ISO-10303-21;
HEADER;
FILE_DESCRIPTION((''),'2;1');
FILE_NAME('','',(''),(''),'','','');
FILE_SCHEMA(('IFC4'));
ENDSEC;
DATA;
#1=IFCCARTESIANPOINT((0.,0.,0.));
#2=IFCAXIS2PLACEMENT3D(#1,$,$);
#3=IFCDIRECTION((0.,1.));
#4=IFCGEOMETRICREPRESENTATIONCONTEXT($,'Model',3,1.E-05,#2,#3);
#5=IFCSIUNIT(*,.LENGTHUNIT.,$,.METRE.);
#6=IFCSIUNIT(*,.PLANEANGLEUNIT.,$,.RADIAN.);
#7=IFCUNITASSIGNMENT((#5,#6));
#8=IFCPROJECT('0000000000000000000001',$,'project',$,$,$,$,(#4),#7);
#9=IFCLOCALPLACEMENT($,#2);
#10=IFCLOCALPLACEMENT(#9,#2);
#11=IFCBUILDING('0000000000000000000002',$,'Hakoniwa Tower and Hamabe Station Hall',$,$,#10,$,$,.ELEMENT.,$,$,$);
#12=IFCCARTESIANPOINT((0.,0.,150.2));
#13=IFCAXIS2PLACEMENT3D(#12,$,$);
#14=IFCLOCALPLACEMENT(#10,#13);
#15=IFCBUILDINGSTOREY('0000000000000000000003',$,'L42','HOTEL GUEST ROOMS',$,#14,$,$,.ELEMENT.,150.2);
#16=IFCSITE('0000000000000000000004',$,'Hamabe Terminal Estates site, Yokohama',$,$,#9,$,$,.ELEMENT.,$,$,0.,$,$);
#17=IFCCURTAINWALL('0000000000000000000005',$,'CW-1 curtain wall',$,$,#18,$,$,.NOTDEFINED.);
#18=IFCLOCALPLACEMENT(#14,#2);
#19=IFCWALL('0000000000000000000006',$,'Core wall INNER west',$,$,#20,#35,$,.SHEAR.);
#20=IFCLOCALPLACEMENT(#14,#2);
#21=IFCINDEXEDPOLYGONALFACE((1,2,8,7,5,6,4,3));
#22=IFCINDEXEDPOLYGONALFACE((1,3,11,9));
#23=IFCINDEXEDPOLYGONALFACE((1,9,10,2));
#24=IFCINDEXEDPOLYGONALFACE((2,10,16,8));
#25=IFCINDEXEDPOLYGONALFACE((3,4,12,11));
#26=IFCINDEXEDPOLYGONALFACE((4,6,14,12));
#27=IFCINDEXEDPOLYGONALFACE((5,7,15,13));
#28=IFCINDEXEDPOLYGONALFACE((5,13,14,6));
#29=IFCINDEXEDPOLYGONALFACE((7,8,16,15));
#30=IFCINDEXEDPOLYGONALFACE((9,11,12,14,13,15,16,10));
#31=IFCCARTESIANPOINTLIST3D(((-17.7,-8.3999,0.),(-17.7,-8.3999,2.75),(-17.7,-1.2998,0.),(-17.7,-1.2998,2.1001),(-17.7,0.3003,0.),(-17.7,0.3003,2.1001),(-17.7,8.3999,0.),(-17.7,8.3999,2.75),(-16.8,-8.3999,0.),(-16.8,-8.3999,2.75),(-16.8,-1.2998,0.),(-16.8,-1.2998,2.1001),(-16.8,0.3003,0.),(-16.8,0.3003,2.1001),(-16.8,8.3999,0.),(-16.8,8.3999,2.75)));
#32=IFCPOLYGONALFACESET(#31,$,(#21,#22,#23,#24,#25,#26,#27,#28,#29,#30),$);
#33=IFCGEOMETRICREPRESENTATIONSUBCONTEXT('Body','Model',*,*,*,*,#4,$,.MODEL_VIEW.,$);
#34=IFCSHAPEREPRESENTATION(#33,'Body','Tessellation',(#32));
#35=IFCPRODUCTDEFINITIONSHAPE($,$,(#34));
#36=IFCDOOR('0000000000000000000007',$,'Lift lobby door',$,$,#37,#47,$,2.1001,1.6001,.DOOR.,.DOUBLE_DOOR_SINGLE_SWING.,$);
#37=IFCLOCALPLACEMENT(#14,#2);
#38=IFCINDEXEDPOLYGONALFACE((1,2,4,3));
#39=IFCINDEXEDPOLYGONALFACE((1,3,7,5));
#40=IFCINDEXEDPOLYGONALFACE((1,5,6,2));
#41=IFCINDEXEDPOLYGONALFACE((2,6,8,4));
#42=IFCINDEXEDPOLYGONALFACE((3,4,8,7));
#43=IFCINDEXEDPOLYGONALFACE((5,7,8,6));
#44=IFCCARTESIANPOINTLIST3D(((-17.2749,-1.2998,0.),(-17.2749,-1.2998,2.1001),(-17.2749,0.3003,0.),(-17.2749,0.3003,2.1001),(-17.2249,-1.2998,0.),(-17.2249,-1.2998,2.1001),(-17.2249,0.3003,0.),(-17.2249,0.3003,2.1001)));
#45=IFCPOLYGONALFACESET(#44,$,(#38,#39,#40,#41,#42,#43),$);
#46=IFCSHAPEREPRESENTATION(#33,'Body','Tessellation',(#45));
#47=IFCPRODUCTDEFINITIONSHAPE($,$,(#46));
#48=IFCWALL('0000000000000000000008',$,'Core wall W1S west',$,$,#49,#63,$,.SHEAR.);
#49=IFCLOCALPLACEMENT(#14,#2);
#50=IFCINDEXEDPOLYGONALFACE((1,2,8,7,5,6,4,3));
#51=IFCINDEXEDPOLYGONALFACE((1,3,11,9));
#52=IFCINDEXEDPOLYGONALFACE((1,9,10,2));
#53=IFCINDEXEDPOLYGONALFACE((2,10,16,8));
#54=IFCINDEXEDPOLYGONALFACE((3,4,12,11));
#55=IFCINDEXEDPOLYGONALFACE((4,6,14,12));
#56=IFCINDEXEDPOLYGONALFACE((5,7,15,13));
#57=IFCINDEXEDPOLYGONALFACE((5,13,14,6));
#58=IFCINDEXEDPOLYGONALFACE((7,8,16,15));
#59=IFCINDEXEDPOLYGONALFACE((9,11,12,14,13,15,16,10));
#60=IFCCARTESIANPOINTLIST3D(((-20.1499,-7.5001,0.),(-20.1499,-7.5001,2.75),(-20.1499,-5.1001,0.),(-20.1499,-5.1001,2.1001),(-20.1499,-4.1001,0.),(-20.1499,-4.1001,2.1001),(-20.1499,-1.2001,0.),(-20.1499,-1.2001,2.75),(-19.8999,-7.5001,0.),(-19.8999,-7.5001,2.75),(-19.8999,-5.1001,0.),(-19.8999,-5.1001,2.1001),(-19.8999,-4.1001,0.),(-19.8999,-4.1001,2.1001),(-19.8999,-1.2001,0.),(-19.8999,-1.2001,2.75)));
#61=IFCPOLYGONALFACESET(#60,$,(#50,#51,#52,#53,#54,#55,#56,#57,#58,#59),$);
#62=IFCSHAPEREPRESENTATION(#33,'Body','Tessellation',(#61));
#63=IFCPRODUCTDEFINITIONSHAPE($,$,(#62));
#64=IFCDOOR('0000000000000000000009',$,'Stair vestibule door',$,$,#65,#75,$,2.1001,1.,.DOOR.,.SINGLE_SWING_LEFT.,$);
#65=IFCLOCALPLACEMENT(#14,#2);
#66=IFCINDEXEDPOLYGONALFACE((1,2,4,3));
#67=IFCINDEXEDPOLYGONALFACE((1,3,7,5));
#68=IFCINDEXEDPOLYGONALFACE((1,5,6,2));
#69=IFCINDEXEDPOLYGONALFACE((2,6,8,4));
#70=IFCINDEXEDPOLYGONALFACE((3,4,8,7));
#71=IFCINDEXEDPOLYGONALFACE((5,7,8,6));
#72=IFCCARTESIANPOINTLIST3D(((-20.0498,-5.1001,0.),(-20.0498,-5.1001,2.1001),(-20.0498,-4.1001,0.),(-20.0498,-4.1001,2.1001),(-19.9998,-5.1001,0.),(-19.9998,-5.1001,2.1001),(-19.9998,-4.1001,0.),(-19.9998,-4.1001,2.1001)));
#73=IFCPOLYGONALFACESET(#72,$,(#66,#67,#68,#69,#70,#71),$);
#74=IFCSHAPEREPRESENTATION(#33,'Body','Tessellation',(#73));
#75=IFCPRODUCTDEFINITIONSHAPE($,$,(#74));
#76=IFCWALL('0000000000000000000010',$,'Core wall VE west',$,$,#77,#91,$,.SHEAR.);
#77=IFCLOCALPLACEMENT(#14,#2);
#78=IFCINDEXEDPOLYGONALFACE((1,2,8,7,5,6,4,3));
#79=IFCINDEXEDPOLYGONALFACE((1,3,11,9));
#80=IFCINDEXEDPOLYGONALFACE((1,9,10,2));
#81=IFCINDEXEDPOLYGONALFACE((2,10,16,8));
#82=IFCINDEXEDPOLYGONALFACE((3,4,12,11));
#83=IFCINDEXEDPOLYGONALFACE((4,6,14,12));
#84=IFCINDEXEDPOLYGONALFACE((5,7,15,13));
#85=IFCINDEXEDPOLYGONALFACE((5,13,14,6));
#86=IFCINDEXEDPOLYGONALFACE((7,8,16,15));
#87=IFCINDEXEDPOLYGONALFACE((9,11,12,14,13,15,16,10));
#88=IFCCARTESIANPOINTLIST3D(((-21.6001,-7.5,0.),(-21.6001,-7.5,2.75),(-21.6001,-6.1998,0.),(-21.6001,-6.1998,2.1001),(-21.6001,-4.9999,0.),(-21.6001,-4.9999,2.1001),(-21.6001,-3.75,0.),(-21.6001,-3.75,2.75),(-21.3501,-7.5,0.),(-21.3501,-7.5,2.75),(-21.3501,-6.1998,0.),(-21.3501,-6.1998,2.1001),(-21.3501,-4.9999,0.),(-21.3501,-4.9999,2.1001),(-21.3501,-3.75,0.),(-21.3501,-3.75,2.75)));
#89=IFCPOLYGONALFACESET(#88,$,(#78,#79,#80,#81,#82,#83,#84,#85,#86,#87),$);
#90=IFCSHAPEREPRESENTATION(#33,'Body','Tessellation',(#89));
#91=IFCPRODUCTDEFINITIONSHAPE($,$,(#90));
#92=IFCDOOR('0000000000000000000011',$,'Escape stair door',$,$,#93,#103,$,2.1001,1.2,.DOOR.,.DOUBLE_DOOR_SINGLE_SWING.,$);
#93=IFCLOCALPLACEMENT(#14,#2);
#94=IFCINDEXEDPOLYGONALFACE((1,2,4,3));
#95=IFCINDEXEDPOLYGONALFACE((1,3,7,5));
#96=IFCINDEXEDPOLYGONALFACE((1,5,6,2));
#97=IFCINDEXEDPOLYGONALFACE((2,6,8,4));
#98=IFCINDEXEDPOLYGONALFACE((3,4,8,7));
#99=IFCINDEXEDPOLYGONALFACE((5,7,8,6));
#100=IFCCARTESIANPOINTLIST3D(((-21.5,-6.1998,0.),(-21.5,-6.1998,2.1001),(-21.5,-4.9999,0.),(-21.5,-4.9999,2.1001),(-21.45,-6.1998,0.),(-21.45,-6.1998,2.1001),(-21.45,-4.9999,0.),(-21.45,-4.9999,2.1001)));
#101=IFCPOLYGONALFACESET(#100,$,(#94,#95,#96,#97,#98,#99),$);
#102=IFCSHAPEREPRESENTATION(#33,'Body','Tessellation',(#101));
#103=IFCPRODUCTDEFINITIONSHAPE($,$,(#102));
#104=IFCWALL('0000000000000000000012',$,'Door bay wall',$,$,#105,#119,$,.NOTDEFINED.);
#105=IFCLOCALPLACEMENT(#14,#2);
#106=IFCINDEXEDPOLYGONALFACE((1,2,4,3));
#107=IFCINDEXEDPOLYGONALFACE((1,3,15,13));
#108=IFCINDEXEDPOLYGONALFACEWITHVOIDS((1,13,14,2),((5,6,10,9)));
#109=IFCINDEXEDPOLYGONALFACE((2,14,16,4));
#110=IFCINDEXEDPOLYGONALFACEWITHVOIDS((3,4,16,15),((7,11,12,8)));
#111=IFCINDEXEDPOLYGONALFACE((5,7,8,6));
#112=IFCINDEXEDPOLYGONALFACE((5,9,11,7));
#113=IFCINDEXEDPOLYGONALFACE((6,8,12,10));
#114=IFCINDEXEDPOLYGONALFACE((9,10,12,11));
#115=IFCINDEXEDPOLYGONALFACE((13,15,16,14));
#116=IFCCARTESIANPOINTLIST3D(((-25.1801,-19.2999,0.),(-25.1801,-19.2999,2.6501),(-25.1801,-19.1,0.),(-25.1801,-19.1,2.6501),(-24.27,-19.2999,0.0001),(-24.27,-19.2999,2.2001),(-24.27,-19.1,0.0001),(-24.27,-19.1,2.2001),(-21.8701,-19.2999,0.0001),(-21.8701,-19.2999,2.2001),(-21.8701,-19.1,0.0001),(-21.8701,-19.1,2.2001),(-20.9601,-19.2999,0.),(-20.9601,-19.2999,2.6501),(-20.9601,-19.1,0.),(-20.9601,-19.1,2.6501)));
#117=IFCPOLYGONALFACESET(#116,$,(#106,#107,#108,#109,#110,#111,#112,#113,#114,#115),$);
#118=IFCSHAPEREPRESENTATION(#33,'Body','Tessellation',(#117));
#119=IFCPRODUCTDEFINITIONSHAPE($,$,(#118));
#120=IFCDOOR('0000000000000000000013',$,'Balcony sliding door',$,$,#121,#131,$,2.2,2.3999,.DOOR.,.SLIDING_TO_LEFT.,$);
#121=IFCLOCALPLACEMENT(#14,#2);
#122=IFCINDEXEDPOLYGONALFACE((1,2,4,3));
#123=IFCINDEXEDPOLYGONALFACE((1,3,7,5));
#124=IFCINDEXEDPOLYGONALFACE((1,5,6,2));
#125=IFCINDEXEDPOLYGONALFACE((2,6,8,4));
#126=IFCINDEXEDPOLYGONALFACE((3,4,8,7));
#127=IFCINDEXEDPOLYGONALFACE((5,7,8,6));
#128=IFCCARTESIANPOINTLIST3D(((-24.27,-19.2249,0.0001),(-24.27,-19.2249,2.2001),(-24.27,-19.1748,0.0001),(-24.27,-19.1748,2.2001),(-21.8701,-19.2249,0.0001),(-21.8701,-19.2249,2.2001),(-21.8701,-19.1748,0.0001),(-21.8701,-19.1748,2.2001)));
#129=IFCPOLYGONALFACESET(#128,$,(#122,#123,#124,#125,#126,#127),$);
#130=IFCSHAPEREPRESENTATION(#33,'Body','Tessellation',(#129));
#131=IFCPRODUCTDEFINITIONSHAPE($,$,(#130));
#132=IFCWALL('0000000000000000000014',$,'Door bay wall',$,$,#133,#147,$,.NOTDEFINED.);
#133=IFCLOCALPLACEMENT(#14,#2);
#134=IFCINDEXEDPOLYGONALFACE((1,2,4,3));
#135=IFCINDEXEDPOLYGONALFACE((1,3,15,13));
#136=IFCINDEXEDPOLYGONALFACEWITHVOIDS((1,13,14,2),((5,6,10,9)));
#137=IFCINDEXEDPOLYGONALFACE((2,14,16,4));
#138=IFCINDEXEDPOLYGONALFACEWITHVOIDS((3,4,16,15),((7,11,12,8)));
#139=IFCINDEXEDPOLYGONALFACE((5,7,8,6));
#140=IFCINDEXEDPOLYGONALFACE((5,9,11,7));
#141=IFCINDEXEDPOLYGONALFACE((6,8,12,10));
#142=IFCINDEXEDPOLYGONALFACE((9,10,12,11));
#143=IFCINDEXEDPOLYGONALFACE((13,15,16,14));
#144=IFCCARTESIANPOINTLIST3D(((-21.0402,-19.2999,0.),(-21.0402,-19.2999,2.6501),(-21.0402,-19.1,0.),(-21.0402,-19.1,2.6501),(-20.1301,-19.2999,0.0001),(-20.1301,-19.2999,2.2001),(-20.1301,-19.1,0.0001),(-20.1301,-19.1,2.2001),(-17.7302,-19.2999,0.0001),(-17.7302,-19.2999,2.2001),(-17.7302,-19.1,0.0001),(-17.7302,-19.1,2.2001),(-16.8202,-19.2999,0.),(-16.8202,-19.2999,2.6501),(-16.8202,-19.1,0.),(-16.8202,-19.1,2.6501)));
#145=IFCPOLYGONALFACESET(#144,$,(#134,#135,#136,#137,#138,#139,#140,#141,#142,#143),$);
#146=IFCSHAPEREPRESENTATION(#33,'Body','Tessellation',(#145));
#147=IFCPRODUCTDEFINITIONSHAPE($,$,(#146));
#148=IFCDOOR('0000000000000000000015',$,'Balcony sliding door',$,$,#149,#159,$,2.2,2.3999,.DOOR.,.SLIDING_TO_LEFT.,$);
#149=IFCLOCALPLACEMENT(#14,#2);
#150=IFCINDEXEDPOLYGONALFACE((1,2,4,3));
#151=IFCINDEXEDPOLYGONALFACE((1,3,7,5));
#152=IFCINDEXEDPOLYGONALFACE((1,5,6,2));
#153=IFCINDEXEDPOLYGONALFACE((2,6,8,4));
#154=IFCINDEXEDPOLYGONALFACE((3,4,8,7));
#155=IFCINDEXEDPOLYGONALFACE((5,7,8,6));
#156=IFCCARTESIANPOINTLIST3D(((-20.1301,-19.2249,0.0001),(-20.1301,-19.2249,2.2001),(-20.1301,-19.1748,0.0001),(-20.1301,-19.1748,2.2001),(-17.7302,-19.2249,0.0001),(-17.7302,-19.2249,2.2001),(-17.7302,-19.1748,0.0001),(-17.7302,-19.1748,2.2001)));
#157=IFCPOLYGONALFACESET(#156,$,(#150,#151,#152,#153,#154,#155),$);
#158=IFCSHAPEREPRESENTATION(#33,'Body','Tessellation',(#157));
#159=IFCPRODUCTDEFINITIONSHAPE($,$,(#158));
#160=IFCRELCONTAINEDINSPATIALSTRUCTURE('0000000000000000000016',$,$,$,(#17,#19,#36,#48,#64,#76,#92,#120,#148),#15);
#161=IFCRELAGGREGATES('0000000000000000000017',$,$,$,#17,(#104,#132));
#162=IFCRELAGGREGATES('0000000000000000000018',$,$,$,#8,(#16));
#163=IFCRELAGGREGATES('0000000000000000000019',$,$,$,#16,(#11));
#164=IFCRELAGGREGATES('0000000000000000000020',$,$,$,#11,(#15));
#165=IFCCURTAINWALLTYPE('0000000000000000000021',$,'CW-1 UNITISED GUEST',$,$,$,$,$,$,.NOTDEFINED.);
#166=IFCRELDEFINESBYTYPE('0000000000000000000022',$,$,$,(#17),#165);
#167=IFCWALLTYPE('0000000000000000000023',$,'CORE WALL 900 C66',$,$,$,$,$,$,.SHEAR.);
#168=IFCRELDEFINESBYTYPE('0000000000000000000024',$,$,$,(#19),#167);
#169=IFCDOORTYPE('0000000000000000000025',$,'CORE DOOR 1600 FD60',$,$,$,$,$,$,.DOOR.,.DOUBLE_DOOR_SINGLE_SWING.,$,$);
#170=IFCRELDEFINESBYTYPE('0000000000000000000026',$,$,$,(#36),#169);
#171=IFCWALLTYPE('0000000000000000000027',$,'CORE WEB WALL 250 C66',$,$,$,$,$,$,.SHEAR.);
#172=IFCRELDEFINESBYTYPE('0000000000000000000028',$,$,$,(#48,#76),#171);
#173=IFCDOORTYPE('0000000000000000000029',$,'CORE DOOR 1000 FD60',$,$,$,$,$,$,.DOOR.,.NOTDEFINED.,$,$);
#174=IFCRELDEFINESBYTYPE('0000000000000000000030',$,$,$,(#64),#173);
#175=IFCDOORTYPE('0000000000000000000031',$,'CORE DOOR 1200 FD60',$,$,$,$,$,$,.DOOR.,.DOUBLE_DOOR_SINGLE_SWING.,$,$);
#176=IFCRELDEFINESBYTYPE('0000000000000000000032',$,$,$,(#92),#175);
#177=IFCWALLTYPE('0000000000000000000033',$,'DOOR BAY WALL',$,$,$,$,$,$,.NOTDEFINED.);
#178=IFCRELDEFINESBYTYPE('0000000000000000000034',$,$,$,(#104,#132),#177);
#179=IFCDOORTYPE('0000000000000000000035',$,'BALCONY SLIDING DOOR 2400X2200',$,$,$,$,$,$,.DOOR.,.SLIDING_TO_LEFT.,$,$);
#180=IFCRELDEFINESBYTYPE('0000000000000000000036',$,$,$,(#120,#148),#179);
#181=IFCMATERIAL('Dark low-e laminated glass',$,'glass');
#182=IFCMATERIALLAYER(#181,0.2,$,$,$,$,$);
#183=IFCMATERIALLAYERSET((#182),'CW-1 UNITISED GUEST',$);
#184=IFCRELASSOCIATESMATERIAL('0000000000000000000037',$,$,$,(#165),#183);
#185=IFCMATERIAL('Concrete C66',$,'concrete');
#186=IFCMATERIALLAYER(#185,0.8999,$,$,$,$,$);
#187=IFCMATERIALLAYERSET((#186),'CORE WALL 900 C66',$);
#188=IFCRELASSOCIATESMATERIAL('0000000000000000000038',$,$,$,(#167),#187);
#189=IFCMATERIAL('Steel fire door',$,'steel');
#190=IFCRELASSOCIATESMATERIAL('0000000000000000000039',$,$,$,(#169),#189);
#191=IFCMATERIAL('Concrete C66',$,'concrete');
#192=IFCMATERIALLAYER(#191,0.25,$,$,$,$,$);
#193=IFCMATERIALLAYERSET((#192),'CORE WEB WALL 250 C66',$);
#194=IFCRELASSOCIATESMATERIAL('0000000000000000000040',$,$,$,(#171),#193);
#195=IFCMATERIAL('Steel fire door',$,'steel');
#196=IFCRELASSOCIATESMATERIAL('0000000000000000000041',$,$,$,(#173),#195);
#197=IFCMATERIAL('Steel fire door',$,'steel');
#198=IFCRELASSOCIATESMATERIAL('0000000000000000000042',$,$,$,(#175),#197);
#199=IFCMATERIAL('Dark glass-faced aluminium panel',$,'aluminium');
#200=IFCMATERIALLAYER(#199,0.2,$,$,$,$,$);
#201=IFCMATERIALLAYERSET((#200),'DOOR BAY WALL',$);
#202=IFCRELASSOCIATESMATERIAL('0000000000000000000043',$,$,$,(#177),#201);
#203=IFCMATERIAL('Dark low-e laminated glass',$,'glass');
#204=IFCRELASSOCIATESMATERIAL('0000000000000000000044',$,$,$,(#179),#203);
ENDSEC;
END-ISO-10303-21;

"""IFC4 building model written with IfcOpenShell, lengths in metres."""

from ifc_helpers import new_model, si_unit, direction, frame, frame_2d, origin, place, context, subcontext, project, spatial, rectangle, extrude, material, layer, layer_set, type_object, element, fill, aggregate, save


model = new_model("IFC4")

# Units and contexts
model_context = context("Model", 3, precision=1e-05, world=origin(), true_north=direction((0.0, 1.0)))
body_context = subcontext(model_context, "Body", "Model", "MODEL_VIEW")
ifc_project = project(units=[si_unit("LENGTHUNIT", "METRE"), si_unit("PLANEANGLEUNIT", "RADIAN")], contexts=[model_context])

# Site, building, storey
site_placement = place(None, origin())
site = spatial("IfcSite", under=ifc_project, at=site_placement, Name="Hamabe Terminal Estates site, Yokohama", CompositionType="ELEMENT", RefElevation=0.0)
building_placement = place(site_placement, origin())
building = spatial("IfcBuilding", under=site, at=building_placement, Name="Hakoniwa Tower and Hamabe Station Hall", CompositionType="ELEMENT")
storey_placement = place(building_placement, frame((0.0, 0.0, 150.2)))
storey = spatial("IfcBuildingStorey", under=building, at=storey_placement, Name="L42", Description="HOTEL GUEST ROOMS", CompositionType="ELEMENT", Elevation=150.2)

# Curtain wall
ifc_material_1 = material(Name="Dark low-e laminated glass", Category="glass")
ifc_layer_1 = layer(ifc_material_1, 0.2)
ifc_layer_set_1 = layer_set([ifc_layer_1], Name="CW-1 UNITISED GUEST")
curtain_wall_type = type_object("IfcCurtainWallType", Name="CW-1 UNITISED GUEST", PredefinedType="NOTDEFINED", material=ifc_layer_set_1)
curtain_wall_placement = place(storey_placement, origin())
curtain_wall = element("IfcCurtainWall", 1, at=curtain_wall_placement, inside=storey, type_object=curtain_wall_type, Name="CW-1 curtain wall", PredefinedType="NOTDEFINED")

# Walls, openings, doors
ifc_material_2 = material(Name="Concrete C66", Category="concrete")
ifc_layer_2 = layer(ifc_material_2, 0.8999)
ifc_layer_set_2 = layer_set([ifc_layer_2], Name="CORE WALL 900 C66")
wall_type_1 = type_object("IfcWallType", Name="CORE WALL 900 C66", PredefinedType="SHEAR", material=ifc_layer_set_2)
wall_1_placement = place(storey_placement, frame((-17.25, -8.3999, 0.0), z_axis=(0.0, 0.0, 1.0), x_axis=(0.0, 1.0, 0.0)))
wall_1 = element("IfcWall", 2, at=wall_1_placement, inside=storey, type_object=wall_type_1, Name="Core wall INNER west", PredefinedType="SHEAR", context=body_context, shape_type="SweptSolid", body=[
    extrude(rectangle(XDim=16.7998, YDim=0.8999, at=frame_2d((8.3999, 0.0))), origin(), (0.0, 0.0, 1.0), 2.75),
])
opening_1_placement = place(wall_1_placement, frame((7.1001, 0.0, 0.0)))
opening_1 = element("IfcOpeningElement", 3, at=opening_1_placement, cuts=wall_1, PredefinedType="OPENING", context=body_context, shape_type="SweptSolid", body=[
    extrude(rectangle(XDim=1.6001, YDim=2.1001, at=frame_2d((0.8, 1.05))), frame((0.0, 0.46, 0.0), z_axis=(0.0, -1.0, 0.0), x_axis=(1.0, 0.0, 0.0)), (0.0, 0.0, 1.0), 0.9199),
])
ifc_material_3 = material(Name="Steel fire door", Category="steel")
door_type_1 = type_object("IfcDoorType", Name="CORE DOOR 1600 FD60", OperationType="DOUBLE_DOOR_SINGLE_SWING", PredefinedType="DOOR", material=ifc_material_3)
door_1_placement = place(opening_1_placement, origin())
door_1 = element("IfcDoor", 4, at=door_1_placement, inside=storey, type_object=door_type_1, Name="Lift lobby door", OperationType="DOUBLE_DOOR_SINGLE_SWING", OverallHeight=2.1001, OverallWidth=1.6001, PredefinedType="DOOR", context=body_context, shape_type="SweptSolid", body=[
    extrude(rectangle(XDim=1.6001, YDim=2.1001, at=frame_2d((0.8, 1.05))), frame((0.0, 0.0249, 0.0), z_axis=(0.0, -1.0, 0.0), x_axis=(1.0, 0.0, 0.0)), (0.0, 0.0, 1.0), 0.05),
])
fill(opening_1, door_1)
ifc_material_4 = material(Name="Concrete C66", Category="concrete")
ifc_layer_3 = layer(ifc_material_4, 0.25)
ifc_layer_set_3 = layer_set([ifc_layer_3], Name="CORE WEB WALL 250 C66")
wall_type_2 = type_object("IfcWallType", Name="CORE WEB WALL 250 C66", PredefinedType="SHEAR", material=ifc_layer_set_3)
wall_2_placement = place(storey_placement, frame((-20.0249, -7.5, 0.0), z_axis=(0.0, 0.0, 1.0), x_axis=(0.0, 1.0, 0.0)))
wall_2 = element("IfcWall", 5, at=wall_2_placement, inside=storey, type_object=wall_type_2, Name="Core wall W1S west", PredefinedType="SHEAR", context=body_context, shape_type="SweptSolid", body=[
    extrude(rectangle(XDim=6.3, YDim=0.25, at=frame_2d((3.1499, 0.0))), origin(), (0.0, 0.0, 1.0), 2.75),
])
opening_2_placement = place(wall_2_placement, frame((2.3999, 0.0, 0.0)))
opening_2 = element("IfcOpeningElement", 6, at=opening_2_placement, cuts=wall_2, PredefinedType="OPENING", context=body_context, shape_type="SweptSolid", body=[
    extrude(rectangle(XDim=1.0, YDim=2.1001, at=frame_2d((0.5, 1.05))), frame((0.0, 0.135, 0.0), z_axis=(0.0, -1.0, 0.0), x_axis=(1.0, 0.0, 0.0)), (0.0, 0.0, 1.0), 0.27),
])
ifc_material_5 = material(Name="Steel fire door", Category="steel")
door_type_2 = type_object("IfcDoorType", Name="CORE DOOR 1000 FD60", OperationType="NOTDEFINED", PredefinedType="DOOR", material=ifc_material_5)
door_2_placement = place(opening_2_placement, origin())
door_2 = element("IfcDoor", 7, at=door_2_placement, inside=storey, type_object=door_type_2, Name="Stair vestibule door", OperationType="SINGLE_SWING_LEFT", OverallHeight=2.1001, OverallWidth=1.0, PredefinedType="DOOR", context=body_context, shape_type="SweptSolid", body=[
    extrude(rectangle(XDim=1.0, YDim=2.1001, at=frame_2d((0.5, 1.05))), frame((0.0, 0.0249, 0.0), z_axis=(0.0, -1.0, 0.0), x_axis=(1.0, 0.0, 0.0)), (0.0, 0.0, 1.0), 0.05),
])
fill(opening_2, door_2)
wall_3_placement = place(storey_placement, frame((-21.4751, -7.5, 0.0), z_axis=(0.0, 0.0, 1.0), x_axis=(0.0, 1.0, 0.0)))
wall_3 = element("IfcWall", 8, at=wall_3_placement, inside=storey, type_object=wall_type_2, Name="Core wall VE west", PredefinedType="SHEAR", context=body_context, shape_type="SweptSolid", body=[
    extrude(rectangle(XDim=3.75, YDim=0.25, at=frame_2d((1.875, 0.0))), origin(), (0.0, 0.0, 1.0), 2.75),
])
opening_3_placement = place(wall_3_placement, frame((1.3, 0.0, 0.0)))
opening_3 = element("IfcOpeningElement", 9, at=opening_3_placement, cuts=wall_3, PredefinedType="OPENING", context=body_context, shape_type="SweptSolid", body=[
    extrude(rectangle(XDim=1.2, YDim=2.1001, at=frame_2d((0.6001, 1.05))), frame((0.0, 0.135, 0.0), z_axis=(0.0, -1.0, 0.0), x_axis=(1.0, 0.0, 0.0)), (0.0, 0.0, 1.0), 0.27),
])
ifc_material_6 = material(Name="Steel fire door", Category="steel")
door_type_3 = type_object("IfcDoorType", Name="CORE DOOR 1200 FD60", OperationType="DOUBLE_DOOR_SINGLE_SWING", PredefinedType="DOOR", material=ifc_material_6)
door_3_placement = place(opening_3_placement, origin())
door_3 = element("IfcDoor", 10, at=door_3_placement, inside=storey, type_object=door_type_3, Name="Escape stair door", OperationType="DOUBLE_DOOR_SINGLE_SWING", OverallHeight=2.1001, OverallWidth=1.2, PredefinedType="DOOR", context=body_context, shape_type="SweptSolid", body=[
    extrude(rectangle(XDim=1.2, YDim=2.1001, at=frame_2d((0.6001, 1.05))), frame((0.0, 0.0249, 0.0), z_axis=(0.0, -1.0, 0.0), x_axis=(1.0, 0.0, 0.0)), (0.0, 0.0, 1.0), 0.05),
])
fill(opening_3, door_3)
ifc_material_7 = material(Name="Dark glass-faced aluminium panel", Category="aluminium")
ifc_layer_4 = layer(ifc_material_7, 0.2)
ifc_layer_set_4 = layer_set([ifc_layer_4], Name="DOOR BAY WALL")
wall_type_3 = type_object("IfcWallType", Name="DOOR BAY WALL", PredefinedType="NOTDEFINED", material=ifc_layer_set_4)
wall_4_placement = place(storey_placement, frame((-25.1799, -19.2, 0.0), z_axis=(0.0, 0.0, 1.0), x_axis=(1.0, 0.0, 0.0)))
wall_4 = element("IfcWall", 11, at=wall_4_placement, type_object=wall_type_3, Name="Door bay wall", PredefinedType="NOTDEFINED", context=body_context, shape_type="SweptSolid", body=[
    extrude(rectangle(XDim=4.22, YDim=0.2, at=frame_2d((2.1099, 0.0))), origin(), (0.0, 0.0, 1.0), 2.6501),
])
opening_4_placement = place(wall_4_placement, frame((0.9099, 0.0, 0.0)))
opening_4 = element("IfcOpeningElement", 12, at=opening_4_placement, cuts=wall_4, PredefinedType="OPENING", context=body_context, shape_type="SweptSolid", body=[
    extrude(rectangle(XDim=2.3999, YDim=2.2, at=frame_2d((1.2, 1.1001))), frame((0.0, 0.1099, 0.0), z_axis=(0.0, -1.0, 0.0), x_axis=(1.0, 0.0, 0.0)), (0.0, 0.0, 1.0), 0.22),
])
ifc_material_8 = material(Name="Dark low-e laminated glass", Category="glass")
door_type_4 = type_object("IfcDoorType", Name="BALCONY SLIDING DOOR 2400X2200", OperationType="SLIDING_TO_LEFT", PredefinedType="DOOR", material=ifc_material_8)
door_4_placement = place(opening_4_placement, frame((2.3999, 0.0, 0.0), z_axis=(0.0, 0.0, 1.0), x_axis=(-1.0, 0.0, 0.0)))
door_4 = element("IfcDoor", 13, at=door_4_placement, inside=storey, type_object=door_type_4, Name="Balcony sliding door", OperationType="SLIDING_TO_LEFT", OverallHeight=2.2, OverallWidth=2.3999, PredefinedType="DOOR", context=body_context, shape_type="SweptSolid", body=[
    extrude(rectangle(XDim=2.3999, YDim=2.2, at=frame_2d((1.2, 1.1001))), frame((0.0, 0.0249, 0.0), z_axis=(0.0, -1.0, 0.0), x_axis=(1.0, 0.0, 0.0)), (0.0, 0.0, 1.0), 0.05),
])
fill(opening_4, door_4)
wall_5_placement = place(storey_placement, frame((-21.04, -19.2, 0.0), z_axis=(0.0, 0.0, 1.0), x_axis=(1.0, 0.0, 0.0)))
wall_5 = element("IfcWall", 14, at=wall_5_placement, type_object=wall_type_3, Name="Door bay wall", PredefinedType="NOTDEFINED", context=body_context, shape_type="SweptSolid", body=[
    extrude(rectangle(XDim=4.22, YDim=0.2, at=frame_2d((2.1099, 0.0))), origin(), (0.0, 0.0, 1.0), 2.6501),
])
opening_5_placement = place(wall_5_placement, frame((0.9099, 0.0, 0.0)))
opening_5 = element("IfcOpeningElement", 15, at=opening_5_placement, cuts=wall_5, PredefinedType="OPENING", context=body_context, shape_type="SweptSolid", body=[
    extrude(rectangle(XDim=2.3999, YDim=2.2, at=frame_2d((1.2, 1.1001))), frame((0.0, 0.1099, 0.0), z_axis=(0.0, -1.0, 0.0), x_axis=(1.0, 0.0, 0.0)), (0.0, 0.0, 1.0), 0.22),
])
door_5_placement = place(opening_5_placement, frame((2.3999, 0.0, 0.0), z_axis=(0.0, 0.0, 1.0), x_axis=(-1.0, 0.0, 0.0)))
door_5 = element("IfcDoor", 16, at=door_5_placement, inside=storey, type_object=door_type_4, Name="Balcony sliding door", OperationType="SLIDING_TO_LEFT", OverallHeight=2.2, OverallWidth=2.3999, PredefinedType="DOOR", context=body_context, shape_type="SweptSolid", body=[
    extrude(rectangle(XDim=2.3999, YDim=2.2, at=frame_2d((1.2, 1.1001))), frame((0.0, 0.0249, 0.0), z_axis=(0.0, -1.0, 0.0), x_axis=(1.0, 0.0, 0.0)), (0.0, 0.0, 1.0), 0.05),
])
fill(opening_5, door_5)
aggregate(curtain_wall, [wall_4, wall_5])

save(model, "model.ifc")
